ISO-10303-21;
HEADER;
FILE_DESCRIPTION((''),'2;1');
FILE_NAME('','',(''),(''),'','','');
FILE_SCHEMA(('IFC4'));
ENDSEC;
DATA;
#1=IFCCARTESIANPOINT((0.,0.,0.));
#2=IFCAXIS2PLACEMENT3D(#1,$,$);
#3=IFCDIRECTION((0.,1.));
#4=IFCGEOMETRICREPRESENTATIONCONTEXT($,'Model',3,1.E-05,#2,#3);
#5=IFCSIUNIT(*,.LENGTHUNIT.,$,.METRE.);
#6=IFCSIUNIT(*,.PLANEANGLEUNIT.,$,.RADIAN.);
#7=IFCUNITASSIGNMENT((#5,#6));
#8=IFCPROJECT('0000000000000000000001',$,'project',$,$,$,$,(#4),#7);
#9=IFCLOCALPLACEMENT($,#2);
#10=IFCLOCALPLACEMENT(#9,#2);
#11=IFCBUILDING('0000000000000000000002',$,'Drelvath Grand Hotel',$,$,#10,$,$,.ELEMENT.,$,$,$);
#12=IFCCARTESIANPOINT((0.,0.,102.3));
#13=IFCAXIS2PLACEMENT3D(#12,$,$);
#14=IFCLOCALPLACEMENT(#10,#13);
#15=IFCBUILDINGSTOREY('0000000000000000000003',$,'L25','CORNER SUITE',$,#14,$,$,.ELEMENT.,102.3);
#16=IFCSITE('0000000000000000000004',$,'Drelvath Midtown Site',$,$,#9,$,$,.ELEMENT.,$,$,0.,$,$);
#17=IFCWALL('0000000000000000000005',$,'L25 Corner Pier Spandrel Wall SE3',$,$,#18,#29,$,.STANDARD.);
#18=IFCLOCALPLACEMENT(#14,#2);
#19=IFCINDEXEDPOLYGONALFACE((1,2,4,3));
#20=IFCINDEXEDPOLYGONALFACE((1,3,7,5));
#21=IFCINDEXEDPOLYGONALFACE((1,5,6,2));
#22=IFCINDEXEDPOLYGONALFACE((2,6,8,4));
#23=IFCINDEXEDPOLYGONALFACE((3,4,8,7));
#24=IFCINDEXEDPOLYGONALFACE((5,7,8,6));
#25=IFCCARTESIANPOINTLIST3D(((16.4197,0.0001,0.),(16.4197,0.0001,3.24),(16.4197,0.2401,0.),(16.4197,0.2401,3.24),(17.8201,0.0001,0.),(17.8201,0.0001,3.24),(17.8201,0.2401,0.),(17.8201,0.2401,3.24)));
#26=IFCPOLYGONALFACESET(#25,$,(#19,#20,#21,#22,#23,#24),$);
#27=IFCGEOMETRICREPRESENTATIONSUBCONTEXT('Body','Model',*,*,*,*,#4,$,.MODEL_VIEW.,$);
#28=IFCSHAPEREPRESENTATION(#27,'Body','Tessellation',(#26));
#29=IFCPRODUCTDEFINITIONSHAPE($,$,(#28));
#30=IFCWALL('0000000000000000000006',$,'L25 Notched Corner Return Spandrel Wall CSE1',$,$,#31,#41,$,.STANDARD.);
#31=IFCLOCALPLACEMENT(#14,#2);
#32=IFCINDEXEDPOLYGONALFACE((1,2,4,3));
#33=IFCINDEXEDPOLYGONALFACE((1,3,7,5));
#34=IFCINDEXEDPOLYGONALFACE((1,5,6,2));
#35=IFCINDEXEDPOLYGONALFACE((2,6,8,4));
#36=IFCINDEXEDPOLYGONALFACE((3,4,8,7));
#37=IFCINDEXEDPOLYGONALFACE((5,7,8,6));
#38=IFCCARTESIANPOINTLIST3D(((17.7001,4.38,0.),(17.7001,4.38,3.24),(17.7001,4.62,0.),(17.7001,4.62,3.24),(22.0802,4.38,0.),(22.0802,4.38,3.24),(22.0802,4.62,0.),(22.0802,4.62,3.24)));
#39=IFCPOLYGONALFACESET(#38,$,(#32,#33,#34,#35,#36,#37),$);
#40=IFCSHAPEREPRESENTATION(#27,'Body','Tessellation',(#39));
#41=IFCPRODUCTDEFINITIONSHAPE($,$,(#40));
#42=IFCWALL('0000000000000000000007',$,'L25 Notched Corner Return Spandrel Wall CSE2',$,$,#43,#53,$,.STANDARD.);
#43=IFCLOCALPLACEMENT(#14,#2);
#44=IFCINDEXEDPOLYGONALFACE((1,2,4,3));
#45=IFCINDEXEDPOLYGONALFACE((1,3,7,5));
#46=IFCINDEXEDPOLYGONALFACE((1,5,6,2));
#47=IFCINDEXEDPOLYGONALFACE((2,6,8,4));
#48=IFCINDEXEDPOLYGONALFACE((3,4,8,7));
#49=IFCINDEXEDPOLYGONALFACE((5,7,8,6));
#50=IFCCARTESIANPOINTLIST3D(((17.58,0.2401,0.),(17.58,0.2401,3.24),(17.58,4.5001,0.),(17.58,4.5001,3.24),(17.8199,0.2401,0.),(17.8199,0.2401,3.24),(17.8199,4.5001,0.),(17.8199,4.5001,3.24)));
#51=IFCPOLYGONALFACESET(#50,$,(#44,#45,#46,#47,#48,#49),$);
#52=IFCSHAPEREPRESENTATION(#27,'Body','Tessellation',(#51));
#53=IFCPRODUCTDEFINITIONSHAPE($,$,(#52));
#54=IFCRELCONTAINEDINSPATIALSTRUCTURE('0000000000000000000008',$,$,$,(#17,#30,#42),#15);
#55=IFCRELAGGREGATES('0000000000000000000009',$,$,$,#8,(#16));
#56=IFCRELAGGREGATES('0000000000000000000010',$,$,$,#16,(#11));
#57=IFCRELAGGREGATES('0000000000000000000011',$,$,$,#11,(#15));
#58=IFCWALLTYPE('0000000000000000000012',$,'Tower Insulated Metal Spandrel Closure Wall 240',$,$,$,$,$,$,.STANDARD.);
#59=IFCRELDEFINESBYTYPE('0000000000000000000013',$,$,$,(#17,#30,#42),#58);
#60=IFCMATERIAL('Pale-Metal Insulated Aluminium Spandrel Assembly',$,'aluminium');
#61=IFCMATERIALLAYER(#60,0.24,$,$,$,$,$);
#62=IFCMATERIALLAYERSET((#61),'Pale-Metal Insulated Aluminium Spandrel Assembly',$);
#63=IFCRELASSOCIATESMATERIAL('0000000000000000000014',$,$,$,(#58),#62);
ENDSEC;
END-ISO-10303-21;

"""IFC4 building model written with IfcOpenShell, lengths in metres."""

from ifc_helpers import new_model, si_unit, direction, frame, frame_2d, origin, place, context, subcontext, project, spatial, rectangle, extrude, material, layer, layer_set, type_object, element, save


model = new_model("IFC4")

# Units and contexts
model_context = context("Model", 3, precision=1e-05, world=origin(), true_north=direction((0.0, 1.0)))
body_context = subcontext(model_context, "Body", "Model", "MODEL_VIEW")
ifc_project = project(units=[si_unit("LENGTHUNIT", "METRE"), si_unit("PLANEANGLEUNIT", "RADIAN")], contexts=[model_context])

# Site, building, storey
site_placement = place(None, origin())
site = spatial("IfcSite", under=ifc_project, at=site_placement, Name="Drelvath Midtown Site", CompositionType="ELEMENT", RefElevation=0.0)
building_placement = place(site_placement, origin())
building = spatial("IfcBuilding", under=site, at=building_placement, Name="Drelvath Grand Hotel", CompositionType="ELEMENT")
storey_placement = place(building_placement, frame((0.0, 0.0, 102.3)))
storey = spatial("IfcBuildingStorey", under=building, at=storey_placement, Name="L25", Description="CORNER SUITE", CompositionType="ELEMENT", Elevation=102.3)

# Walls
ifc_material_1 = material(Name="Pale-Metal Insulated Aluminium Spandrel Assembly", Category="aluminium")
ifc_layer_1 = layer(ifc_material_1, 0.24)
ifc_layer_set_1 = layer_set([ifc_layer_1], Name="Pale-Metal Insulated Aluminium Spandrel Assembly")
wall_type_1 = type_object("IfcWallType", Name="Tower Insulated Metal Spandrel Closure Wall 240", PredefinedType="STANDARD", material=ifc_layer_set_1)
wall_1_placement = place(storey_placement, frame((17.8201, 0.1201, 0.0), z_axis=(0.0, 0.0, 1.0), x_axis=(-1.0, 0.0, 0.0)))
element("IfcWall", 1, at=wall_1_placement, inside=storey, type_object=wall_type_1, Name="L25 Corner Pier Spandrel Wall SE3", PredefinedType="STANDARD", context=body_context, shape_type="SweptSolid", body=[
    extrude(rectangle(XDim=1.4004, YDim=0.24, at=frame_2d((0.7002, 0.0))), origin(), (0.0, 0.0, 1.0), 3.24),
])
wall_2_placement = place(storey_placement, frame((22.0801, 4.5, 0.0), z_axis=(0.0, 0.0, 1.0), x_axis=(-1.0, 0.0, 0.0)))
element("IfcWall", 2, at=wall_2_placement, inside=storey, type_object=wall_type_1, Name="L25 Notched Corner Return Spandrel Wall CSE1", PredefinedType="STANDARD", context=body_context, shape_type="SweptSolid", body=[
    extrude(rectangle(XDim=4.3801, YDim=0.24, at=frame_2d((2.1899, 0.0))), origin(), (0.0, 0.0, 1.0), 3.24),
])
wall_3_placement = place(storey_placement, frame((17.7, 4.5, 0.0), z_axis=(0.0, 0.0, 1.0), x_axis=(0.0, -1.0, 0.0)))
element("IfcWall", 3, at=wall_3_placement, inside=storey, type_object=wall_type_1, Name="L25 Notched Corner Return Spandrel Wall CSE2", PredefinedType="STANDARD", context=body_context, shape_type="SweptSolid", body=[
    extrude(rectangle(XDim=4.26, YDim=0.24, at=frame_2d((2.1299, 0.0))), origin(), (0.0, 0.0, 1.0), 3.24),
])

save(model, "model.ifc")
